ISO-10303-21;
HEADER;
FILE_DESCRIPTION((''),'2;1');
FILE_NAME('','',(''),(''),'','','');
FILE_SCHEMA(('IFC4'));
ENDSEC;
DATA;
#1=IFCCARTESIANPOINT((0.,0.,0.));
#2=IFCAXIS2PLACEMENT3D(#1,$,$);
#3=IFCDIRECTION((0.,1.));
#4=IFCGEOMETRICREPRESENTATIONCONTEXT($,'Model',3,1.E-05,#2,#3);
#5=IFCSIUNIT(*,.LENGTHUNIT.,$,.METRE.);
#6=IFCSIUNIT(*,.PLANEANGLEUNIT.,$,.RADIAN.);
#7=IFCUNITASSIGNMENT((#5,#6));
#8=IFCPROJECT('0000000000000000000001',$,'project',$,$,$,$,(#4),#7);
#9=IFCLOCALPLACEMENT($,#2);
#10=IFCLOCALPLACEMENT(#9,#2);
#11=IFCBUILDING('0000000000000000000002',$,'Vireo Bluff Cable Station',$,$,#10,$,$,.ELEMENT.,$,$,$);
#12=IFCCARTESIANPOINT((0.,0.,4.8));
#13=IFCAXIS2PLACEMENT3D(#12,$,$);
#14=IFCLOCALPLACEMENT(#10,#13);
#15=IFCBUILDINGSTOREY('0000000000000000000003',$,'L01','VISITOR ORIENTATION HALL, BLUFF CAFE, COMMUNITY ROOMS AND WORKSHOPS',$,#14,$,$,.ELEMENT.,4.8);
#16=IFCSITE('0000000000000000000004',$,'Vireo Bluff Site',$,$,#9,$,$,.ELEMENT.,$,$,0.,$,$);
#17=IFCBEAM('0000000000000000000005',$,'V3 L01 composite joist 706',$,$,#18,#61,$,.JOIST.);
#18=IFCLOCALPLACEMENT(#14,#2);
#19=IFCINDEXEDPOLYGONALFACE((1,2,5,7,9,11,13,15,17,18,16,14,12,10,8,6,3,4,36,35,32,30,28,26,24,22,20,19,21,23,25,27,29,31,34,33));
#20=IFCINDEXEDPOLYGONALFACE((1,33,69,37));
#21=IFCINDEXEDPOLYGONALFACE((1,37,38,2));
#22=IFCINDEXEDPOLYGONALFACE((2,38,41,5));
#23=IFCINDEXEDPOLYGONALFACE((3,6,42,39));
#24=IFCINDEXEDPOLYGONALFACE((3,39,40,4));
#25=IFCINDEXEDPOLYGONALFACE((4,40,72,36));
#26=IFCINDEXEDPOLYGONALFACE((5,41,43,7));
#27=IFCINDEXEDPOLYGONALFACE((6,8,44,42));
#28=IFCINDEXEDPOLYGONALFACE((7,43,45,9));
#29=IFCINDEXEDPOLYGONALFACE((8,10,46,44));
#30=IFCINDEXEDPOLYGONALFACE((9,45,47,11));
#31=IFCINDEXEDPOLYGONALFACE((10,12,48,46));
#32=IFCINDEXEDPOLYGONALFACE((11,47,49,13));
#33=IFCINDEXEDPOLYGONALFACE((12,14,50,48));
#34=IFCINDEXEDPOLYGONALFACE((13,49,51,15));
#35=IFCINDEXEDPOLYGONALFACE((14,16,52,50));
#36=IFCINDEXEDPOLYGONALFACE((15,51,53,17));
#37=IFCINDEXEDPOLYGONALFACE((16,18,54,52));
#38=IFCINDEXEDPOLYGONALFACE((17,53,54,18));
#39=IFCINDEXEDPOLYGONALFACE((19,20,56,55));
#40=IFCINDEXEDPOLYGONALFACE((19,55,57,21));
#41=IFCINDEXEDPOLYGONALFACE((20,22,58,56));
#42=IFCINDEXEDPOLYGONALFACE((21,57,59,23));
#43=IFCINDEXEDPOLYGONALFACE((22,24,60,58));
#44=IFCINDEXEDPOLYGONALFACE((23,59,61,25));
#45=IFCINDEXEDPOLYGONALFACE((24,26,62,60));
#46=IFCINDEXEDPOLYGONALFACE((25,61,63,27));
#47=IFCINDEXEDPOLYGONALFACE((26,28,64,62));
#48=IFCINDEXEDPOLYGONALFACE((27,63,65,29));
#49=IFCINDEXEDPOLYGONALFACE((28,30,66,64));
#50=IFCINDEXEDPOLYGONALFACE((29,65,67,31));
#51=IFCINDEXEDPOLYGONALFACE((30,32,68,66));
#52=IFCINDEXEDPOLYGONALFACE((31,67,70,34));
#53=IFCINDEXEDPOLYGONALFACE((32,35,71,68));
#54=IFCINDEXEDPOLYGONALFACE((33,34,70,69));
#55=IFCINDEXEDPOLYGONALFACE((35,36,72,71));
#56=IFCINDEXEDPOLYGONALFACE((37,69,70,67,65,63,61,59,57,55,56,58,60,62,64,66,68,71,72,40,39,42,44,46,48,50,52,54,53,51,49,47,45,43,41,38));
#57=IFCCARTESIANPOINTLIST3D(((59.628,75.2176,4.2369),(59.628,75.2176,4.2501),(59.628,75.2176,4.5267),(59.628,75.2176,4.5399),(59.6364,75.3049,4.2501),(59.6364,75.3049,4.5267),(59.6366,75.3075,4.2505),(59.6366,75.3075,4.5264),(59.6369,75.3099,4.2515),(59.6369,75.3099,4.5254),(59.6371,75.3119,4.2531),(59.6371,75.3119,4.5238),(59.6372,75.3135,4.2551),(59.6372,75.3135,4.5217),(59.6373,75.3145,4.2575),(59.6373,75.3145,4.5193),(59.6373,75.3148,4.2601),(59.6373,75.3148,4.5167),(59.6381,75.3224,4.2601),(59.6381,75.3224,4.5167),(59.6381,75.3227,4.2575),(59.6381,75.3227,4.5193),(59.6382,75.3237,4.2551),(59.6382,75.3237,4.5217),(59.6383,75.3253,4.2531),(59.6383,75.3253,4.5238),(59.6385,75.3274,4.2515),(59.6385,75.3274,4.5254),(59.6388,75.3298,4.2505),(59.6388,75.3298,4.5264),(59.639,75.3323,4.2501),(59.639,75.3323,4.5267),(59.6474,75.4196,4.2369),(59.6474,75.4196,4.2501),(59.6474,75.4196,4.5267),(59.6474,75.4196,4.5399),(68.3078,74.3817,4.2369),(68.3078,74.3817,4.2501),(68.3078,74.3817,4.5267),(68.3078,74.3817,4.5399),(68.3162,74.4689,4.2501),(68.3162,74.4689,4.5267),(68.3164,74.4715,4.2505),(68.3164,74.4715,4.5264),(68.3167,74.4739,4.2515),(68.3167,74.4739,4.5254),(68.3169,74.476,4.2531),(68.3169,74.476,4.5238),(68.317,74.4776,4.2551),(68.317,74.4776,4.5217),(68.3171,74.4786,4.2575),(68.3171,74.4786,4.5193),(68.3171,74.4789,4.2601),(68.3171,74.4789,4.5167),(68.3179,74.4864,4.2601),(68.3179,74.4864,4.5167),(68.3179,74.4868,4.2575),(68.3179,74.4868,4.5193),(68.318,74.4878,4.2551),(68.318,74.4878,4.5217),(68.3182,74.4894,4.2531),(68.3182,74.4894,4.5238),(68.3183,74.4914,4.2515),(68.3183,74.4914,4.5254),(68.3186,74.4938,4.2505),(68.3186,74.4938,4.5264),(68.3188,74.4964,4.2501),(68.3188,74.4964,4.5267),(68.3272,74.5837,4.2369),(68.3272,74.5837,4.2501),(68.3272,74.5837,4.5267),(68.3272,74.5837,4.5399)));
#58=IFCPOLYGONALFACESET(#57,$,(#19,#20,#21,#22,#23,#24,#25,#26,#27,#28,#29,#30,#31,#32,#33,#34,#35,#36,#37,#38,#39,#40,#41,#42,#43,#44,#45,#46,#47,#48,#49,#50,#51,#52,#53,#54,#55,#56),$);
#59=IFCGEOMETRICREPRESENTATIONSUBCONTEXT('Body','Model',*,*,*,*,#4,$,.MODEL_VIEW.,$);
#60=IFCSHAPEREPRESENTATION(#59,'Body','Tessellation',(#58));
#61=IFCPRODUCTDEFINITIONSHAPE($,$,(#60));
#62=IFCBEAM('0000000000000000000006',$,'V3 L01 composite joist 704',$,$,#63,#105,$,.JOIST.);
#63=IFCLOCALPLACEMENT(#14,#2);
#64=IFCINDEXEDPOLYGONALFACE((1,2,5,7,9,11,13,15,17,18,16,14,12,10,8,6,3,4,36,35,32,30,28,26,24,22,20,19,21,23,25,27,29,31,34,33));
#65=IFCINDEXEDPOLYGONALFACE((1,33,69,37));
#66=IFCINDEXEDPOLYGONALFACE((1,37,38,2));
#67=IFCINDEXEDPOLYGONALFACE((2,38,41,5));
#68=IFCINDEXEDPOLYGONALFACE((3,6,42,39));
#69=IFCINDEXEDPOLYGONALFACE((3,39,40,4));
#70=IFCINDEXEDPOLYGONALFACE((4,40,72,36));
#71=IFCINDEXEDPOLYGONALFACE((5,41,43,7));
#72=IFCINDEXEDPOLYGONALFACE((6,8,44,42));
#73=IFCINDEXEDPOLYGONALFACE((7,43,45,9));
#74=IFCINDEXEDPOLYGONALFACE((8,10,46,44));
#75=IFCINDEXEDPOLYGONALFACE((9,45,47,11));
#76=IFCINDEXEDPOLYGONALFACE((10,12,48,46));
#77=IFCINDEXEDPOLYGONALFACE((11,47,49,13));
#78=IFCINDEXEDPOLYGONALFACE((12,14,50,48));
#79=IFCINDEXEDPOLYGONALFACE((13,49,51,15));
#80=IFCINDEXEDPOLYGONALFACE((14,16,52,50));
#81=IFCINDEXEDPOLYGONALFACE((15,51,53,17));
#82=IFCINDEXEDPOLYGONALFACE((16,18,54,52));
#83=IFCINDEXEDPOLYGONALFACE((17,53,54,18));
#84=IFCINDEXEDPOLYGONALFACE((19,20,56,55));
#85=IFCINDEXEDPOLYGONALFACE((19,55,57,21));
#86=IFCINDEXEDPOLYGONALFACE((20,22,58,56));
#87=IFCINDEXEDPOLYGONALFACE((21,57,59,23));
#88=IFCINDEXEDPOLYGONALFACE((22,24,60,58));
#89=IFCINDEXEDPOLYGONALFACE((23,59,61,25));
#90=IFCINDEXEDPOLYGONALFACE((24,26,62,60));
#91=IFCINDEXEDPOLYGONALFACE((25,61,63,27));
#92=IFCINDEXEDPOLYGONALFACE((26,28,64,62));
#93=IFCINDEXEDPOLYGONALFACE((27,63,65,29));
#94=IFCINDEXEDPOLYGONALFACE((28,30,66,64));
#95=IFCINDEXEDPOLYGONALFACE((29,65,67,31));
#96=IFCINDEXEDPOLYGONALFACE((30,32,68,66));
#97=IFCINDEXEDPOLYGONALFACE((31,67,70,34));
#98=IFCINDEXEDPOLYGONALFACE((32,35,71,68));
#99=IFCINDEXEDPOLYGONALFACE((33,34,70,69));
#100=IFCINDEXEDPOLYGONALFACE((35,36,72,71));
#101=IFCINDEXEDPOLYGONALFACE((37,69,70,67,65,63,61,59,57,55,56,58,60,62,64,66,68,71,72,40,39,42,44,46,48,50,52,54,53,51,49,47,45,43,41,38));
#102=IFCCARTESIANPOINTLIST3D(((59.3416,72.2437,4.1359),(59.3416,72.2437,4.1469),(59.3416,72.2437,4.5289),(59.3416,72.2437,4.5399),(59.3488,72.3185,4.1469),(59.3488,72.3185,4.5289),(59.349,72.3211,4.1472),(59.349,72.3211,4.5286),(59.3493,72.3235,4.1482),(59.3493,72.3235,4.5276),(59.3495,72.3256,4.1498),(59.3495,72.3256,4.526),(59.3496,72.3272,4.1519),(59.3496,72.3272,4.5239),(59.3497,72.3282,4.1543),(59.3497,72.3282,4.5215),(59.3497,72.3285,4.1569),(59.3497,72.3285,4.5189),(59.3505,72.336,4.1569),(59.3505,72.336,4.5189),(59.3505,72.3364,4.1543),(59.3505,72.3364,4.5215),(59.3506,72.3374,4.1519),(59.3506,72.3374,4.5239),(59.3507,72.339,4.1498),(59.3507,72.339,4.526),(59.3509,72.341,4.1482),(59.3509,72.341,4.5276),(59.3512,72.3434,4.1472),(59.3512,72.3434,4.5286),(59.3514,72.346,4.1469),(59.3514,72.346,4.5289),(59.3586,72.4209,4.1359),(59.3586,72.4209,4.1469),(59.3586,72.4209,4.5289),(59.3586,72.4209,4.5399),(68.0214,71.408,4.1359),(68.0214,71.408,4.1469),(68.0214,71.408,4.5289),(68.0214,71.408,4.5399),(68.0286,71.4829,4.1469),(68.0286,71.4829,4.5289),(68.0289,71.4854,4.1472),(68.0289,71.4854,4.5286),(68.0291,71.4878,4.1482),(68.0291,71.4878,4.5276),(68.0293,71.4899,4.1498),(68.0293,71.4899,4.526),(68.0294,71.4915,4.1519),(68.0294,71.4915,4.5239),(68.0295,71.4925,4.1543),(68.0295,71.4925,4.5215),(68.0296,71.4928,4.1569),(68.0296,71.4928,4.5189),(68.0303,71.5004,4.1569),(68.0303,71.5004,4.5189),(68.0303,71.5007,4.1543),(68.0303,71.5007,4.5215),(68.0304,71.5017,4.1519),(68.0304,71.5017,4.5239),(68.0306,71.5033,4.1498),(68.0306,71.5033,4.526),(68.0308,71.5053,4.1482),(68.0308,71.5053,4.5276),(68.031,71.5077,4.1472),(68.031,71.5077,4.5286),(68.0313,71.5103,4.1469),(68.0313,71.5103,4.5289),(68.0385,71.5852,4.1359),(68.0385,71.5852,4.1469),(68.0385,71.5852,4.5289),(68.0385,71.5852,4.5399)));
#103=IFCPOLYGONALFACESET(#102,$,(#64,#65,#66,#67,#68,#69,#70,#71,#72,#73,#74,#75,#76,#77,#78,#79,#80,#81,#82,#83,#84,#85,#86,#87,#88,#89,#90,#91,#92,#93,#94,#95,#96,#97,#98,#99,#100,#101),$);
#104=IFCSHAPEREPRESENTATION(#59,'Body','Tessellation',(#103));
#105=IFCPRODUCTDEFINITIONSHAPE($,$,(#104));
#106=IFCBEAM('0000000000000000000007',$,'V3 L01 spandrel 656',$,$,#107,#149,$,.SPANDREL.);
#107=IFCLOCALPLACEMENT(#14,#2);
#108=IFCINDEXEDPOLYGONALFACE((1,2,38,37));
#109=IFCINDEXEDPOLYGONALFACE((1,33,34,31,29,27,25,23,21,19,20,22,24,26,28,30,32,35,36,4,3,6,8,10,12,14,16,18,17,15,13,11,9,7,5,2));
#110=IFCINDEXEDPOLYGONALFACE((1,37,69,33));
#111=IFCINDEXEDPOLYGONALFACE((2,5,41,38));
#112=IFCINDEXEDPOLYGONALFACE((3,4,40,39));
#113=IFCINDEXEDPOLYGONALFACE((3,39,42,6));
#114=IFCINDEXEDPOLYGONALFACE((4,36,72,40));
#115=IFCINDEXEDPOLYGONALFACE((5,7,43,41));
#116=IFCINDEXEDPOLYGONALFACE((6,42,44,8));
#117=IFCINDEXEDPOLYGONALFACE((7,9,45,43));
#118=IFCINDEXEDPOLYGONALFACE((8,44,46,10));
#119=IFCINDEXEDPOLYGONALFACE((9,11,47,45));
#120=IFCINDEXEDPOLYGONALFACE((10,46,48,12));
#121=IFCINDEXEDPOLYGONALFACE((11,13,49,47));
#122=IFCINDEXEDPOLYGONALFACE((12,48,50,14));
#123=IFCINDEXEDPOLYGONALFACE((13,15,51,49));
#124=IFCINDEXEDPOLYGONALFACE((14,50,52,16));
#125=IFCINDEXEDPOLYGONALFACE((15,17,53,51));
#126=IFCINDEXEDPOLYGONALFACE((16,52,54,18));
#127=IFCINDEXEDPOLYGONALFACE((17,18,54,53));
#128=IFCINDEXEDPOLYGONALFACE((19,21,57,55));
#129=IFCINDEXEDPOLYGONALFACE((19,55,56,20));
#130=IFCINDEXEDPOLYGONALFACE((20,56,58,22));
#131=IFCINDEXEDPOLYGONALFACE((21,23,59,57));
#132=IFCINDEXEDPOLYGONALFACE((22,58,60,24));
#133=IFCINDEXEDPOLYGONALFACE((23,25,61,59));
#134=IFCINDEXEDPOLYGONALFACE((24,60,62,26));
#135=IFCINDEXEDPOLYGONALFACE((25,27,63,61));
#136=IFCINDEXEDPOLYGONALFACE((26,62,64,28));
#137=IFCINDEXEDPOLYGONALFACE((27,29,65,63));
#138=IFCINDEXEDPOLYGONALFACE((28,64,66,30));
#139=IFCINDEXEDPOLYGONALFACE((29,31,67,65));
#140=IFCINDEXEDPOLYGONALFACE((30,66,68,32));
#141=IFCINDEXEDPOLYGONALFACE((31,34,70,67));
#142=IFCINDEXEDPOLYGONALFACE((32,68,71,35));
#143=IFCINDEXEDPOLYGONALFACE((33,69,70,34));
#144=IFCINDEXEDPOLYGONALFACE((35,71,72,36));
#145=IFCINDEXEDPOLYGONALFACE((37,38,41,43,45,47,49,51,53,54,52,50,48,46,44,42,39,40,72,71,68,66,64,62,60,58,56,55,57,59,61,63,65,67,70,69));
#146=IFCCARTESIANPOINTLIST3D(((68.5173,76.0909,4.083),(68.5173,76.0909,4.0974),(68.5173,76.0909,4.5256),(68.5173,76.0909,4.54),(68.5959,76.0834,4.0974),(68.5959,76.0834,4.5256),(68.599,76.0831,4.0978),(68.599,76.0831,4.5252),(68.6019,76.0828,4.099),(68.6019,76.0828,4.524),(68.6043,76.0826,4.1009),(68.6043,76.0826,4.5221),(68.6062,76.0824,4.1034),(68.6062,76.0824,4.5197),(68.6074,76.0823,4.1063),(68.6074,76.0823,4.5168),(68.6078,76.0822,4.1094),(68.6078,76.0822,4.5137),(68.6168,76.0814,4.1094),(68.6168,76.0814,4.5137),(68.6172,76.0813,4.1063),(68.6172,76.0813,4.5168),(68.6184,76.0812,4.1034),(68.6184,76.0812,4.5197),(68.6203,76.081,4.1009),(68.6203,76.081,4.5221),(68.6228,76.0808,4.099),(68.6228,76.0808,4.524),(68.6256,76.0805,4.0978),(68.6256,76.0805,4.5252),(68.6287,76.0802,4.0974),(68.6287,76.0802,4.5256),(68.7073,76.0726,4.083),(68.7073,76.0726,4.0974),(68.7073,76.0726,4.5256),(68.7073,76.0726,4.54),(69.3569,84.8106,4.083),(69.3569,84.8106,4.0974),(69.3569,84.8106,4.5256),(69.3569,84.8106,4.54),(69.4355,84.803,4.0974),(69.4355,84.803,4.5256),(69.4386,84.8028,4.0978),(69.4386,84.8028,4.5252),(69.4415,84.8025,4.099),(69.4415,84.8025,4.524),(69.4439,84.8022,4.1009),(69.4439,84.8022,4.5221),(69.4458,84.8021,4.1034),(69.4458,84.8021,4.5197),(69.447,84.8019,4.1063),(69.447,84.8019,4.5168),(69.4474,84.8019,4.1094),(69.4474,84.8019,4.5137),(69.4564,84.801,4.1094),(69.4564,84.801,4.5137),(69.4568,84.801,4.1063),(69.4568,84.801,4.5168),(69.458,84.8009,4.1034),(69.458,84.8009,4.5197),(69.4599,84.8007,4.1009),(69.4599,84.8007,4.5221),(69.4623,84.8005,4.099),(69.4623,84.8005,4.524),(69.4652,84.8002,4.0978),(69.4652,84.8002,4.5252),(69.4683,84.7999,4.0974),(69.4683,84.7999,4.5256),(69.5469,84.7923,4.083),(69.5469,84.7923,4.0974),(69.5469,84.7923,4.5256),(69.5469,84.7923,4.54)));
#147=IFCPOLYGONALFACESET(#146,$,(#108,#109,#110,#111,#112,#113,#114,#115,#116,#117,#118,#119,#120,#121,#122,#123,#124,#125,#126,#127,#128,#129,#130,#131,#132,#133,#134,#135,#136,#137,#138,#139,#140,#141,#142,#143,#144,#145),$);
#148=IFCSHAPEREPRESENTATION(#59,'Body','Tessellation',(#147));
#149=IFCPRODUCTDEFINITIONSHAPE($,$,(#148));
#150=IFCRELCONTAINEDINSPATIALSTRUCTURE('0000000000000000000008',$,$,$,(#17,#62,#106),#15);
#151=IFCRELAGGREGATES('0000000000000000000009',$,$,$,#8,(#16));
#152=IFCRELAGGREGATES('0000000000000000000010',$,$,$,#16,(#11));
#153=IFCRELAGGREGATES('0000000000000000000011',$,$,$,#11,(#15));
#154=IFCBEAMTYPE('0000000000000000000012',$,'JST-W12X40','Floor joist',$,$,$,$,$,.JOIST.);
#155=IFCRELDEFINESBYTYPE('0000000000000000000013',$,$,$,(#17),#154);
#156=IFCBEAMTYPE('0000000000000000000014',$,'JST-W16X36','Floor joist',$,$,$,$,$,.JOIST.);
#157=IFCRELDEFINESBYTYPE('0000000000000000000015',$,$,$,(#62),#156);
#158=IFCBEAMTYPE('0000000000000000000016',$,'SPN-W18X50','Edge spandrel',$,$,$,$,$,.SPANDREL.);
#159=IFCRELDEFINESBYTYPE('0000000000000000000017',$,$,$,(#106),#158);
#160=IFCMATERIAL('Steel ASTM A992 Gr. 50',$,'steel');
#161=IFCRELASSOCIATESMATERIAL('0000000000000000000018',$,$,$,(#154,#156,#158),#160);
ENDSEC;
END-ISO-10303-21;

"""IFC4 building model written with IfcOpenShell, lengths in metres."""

from ifc_helpers import new_model, si_unit, direction, frame, origin, origin_2d, place, context, subcontext, project, spatial, i_section, extrude, material, material_profile, profile_set, type_object, element, save


model = new_model("IFC4")

# Units and contexts
model_context = context("Model", 3, precision=1e-05, world=origin(), true_north=direction((0.0, 1.0)))
body_context = subcontext(model_context, "Body", "Model", "MODEL_VIEW")
ifc_project = project(units=[si_unit("LENGTHUNIT", "METRE"), si_unit("PLANEANGLEUNIT", "RADIAN")], contexts=[model_context])

# Site, building, storey
site_placement = place(None, origin())
site = spatial("IfcSite", under=ifc_project, at=site_placement, Name="Vireo Bluff Site", CompositionType="ELEMENT", RefElevation=0.0)
building_placement = place(site_placement, origin())
building = spatial("IfcBuilding", under=site, at=building_placement, Name="Vireo Bluff Cable Station", CompositionType="ELEMENT")
storey_placement = place(building_placement, frame((0.0, 0.0, 4.8)))
storey = spatial("IfcBuildingStorey", under=building, at=storey_placement, Name="L01", Description="VISITOR ORIENTATION HALL, BLUFF CAFE, COMMUNITY ROOMS AND WORKSHOPS", CompositionType="ELEMENT", Elevation=4.8)

# Shared definitions
ifc_material_1 = material(Name="Steel ASTM A992 Gr. 50", Category="steel")

# Beams
ifc_material_profile_1 = material_profile(ifc_material_1, i_section(OverallWidth=0.2029, OverallDepth=0.303, WebThickness=0.0076, FlangeThickness=0.0132, FilletRadius=0.01, at=origin_2d()), Name="W12X40")
ifc_profile_set_1 = profile_set([ifc_material_profile_1], Name="Steel ASTM A992 Gr. 50")
beam_type_1 = type_object("IfcBeamType", Name="JST-W12X40", Description="Floor joist", PredefinedType="JOIST", material=ifc_profile_set_1)
beam_1_placement = place(storey_placement, frame((59.6377, 75.3186, 4.3884), z_axis=(0.995395, -0.095863, 0.0), x_axis=(0.095863, 0.995395, 0.0)))
element("IfcBeam", 1, at=beam_1_placement, inside=storey, type_object=beam_type_1, Name="V3 L01 composite joist 706", PredefinedType="JOIST", context=body_context, shape_type="SweptSolid", body=[
    extrude(i_section(OverallWidth=0.2029, OverallDepth=0.303, WebThickness=0.0076, FlangeThickness=0.0132, FilletRadius=0.01, at=origin_2d()), origin(), (0.0, 0.0, 1.0), 8.72),
])
ifc_material_profile_2 = material_profile(ifc_material_1, i_section(OverallWidth=0.178, OverallDepth=0.4041, WebThickness=0.0076, FlangeThickness=0.011, FilletRadius=0.01, at=origin_2d()), Name="W16X36")
ifc_profile_set_2 = profile_set([ifc_material_profile_2], Name="Steel ASTM A992 Gr. 50")
beam_type_2 = type_object("IfcBeamType", Name="JST-W16X36", Description="Floor joist", PredefinedType="JOIST", material=ifc_profile_set_2)
beam_2_placement = place(storey_placement, frame((59.3501, 72.3323, 4.3379), z_axis=(0.995397, -0.095836, 0.0), x_axis=(0.095836, 0.995397, 0.0)))
element("IfcBeam", 2, at=beam_2_placement, inside=storey, type_object=beam_type_2, Name="V3 L01 composite joist 704", PredefinedType="JOIST", context=body_context, shape_type="SweptSolid", body=[
    extrude(i_section(OverallWidth=0.178, OverallDepth=0.4041, WebThickness=0.0076, FlangeThickness=0.011, FilletRadius=0.01, at=origin_2d()), origin(), (0.0, 0.0, 1.0), 8.72),
])
ifc_material_profile_3 = material_profile(ifc_material_1, i_section(OverallWidth=0.1909, OverallDepth=0.457, WebThickness=0.009, FlangeThickness=0.0144, FilletRadius=0.012, at=origin_2d()), Name="W18X50")
ifc_profile_set_3 = profile_set([ifc_material_profile_3], Name="Steel ASTM A992 Gr. 50")
beam_type_3 = type_object("IfcBeamType", Name="SPN-W18X50", Description="Edge spandrel", PredefinedType="SPANDREL", material=ifc_profile_set_3)
beam_3_placement = place(storey_placement, frame((68.6123, 76.0818, 4.3115), z_axis=(0.095844, 0.995396, 0.0), x_axis=(-0.995396, 0.095844, 0.0)))
element("IfcBeam", 3, at=beam_3_placement, inside=storey, type_object=beam_type_3, Name="V3 L01 spandrel 656", PredefinedType="SPANDREL", context=body_context, shape_type="SweptSolid", body=[
    extrude(i_section(OverallWidth=0.1909, OverallDepth=0.457, WebThickness=0.009, FlangeThickness=0.0144, FilletRadius=0.012, at=origin_2d()), origin(), (0.0, 0.0, 1.0), 8.76),
])

save(model, "model.ifc")
